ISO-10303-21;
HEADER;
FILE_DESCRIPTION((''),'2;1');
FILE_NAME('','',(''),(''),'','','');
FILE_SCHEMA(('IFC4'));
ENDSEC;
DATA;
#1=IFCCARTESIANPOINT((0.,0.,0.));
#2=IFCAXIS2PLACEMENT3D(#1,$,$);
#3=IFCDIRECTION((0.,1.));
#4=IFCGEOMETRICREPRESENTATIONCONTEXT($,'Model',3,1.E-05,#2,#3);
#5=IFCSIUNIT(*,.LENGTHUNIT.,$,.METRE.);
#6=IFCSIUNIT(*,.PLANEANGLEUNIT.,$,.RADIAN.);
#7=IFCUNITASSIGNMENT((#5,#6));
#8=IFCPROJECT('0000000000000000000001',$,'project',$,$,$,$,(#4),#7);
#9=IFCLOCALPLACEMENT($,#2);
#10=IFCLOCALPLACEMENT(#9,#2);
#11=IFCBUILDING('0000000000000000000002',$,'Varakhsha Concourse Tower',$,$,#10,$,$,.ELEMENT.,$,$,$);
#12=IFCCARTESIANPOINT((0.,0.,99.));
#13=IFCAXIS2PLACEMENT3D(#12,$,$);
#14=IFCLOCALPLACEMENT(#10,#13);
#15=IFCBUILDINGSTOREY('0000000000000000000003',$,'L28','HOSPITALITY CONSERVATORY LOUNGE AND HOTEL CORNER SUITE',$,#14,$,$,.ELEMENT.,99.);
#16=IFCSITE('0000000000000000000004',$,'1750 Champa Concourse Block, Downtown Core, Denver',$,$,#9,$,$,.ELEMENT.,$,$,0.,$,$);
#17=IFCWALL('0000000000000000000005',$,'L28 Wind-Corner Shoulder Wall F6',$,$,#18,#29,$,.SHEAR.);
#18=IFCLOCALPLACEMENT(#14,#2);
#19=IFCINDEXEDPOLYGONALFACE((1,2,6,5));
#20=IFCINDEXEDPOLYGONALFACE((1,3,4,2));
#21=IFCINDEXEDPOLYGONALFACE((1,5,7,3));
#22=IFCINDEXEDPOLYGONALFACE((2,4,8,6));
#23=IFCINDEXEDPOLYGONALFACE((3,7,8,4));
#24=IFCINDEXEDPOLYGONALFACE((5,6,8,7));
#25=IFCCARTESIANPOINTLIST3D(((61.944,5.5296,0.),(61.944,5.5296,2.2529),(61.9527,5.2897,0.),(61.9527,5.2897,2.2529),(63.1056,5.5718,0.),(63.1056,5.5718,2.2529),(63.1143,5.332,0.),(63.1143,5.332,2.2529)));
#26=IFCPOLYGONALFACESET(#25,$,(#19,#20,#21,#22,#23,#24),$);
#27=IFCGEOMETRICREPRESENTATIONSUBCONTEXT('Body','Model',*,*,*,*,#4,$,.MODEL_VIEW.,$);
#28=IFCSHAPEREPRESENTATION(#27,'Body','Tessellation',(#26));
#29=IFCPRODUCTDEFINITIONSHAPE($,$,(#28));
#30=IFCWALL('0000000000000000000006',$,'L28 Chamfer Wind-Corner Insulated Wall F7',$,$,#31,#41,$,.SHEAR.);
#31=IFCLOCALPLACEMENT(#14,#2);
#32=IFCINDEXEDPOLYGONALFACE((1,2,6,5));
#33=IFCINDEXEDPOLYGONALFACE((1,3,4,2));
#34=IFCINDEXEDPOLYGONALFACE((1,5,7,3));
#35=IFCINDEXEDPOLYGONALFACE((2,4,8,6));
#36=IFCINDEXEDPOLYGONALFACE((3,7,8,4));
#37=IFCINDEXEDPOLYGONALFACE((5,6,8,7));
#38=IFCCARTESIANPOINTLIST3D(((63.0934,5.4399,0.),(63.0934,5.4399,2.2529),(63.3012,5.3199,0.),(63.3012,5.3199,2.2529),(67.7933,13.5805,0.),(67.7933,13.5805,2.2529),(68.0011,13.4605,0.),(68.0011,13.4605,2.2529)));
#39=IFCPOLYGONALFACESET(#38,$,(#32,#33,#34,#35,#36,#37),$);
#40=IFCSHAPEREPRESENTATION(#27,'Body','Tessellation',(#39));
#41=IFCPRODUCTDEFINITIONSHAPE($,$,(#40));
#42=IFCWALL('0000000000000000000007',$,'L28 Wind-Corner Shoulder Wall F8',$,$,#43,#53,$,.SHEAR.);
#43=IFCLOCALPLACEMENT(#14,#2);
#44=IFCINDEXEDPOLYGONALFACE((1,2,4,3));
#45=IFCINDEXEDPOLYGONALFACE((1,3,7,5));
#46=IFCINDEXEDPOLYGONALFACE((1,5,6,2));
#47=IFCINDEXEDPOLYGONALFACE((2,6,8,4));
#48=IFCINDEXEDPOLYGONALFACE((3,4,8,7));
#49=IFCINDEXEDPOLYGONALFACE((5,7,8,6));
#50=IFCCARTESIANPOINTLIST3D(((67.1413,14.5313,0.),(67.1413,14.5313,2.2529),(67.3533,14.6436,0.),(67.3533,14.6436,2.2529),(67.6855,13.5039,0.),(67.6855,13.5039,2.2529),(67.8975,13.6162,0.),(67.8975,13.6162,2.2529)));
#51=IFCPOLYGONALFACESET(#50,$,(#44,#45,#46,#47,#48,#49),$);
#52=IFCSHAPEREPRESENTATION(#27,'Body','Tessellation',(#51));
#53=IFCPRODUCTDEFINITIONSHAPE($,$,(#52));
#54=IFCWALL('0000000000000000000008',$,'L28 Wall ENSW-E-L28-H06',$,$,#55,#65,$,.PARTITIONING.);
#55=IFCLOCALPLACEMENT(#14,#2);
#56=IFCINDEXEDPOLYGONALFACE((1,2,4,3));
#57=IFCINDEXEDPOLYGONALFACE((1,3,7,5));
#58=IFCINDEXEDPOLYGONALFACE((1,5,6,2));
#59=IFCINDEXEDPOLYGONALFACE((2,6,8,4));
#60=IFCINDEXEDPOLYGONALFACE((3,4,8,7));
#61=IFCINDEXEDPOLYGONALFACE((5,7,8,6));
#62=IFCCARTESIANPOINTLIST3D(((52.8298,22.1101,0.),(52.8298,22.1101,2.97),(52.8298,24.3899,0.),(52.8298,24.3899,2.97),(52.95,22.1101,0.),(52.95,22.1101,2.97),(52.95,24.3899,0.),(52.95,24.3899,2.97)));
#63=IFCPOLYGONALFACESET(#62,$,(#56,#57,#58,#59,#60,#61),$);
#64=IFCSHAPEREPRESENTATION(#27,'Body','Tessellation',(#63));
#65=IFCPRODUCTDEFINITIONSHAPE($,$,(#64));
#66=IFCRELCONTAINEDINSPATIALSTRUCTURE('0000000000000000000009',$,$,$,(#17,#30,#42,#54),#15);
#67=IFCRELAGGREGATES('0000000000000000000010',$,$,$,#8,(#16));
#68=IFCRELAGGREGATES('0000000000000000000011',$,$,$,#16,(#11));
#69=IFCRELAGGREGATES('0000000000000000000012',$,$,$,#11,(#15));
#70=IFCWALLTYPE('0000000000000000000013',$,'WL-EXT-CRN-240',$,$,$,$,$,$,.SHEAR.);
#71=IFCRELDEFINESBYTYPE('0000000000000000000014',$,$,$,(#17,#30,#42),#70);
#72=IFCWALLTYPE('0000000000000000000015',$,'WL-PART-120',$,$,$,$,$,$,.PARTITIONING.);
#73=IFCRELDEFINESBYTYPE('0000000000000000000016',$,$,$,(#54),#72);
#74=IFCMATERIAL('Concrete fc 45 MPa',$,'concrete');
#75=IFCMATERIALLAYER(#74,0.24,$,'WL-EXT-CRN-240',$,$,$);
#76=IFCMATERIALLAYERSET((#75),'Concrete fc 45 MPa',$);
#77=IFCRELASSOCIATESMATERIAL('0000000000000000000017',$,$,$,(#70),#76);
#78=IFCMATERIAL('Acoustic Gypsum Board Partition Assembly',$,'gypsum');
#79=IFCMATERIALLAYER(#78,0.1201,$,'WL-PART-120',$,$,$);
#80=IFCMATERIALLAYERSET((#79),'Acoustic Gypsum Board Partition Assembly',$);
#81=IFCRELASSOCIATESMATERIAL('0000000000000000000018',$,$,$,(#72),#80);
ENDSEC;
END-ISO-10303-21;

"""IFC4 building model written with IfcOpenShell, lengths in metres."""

from ifc_helpers import new_model, si_unit, direction, frame, frame_2d, origin, place, context, subcontext, project, spatial, rectangle, extrude, material, layer, layer_set, type_object, element, save


model = new_model("IFC4")

# Units and contexts
model_context = context("Model", 3, precision=1e-05, world=origin(), true_north=direction((0.0, 1.0)))
body_context = subcontext(model_context, "Body", "Model", "MODEL_VIEW")
ifc_project = project(units=[si_unit("LENGTHUNIT", "METRE"), si_unit("PLANEANGLEUNIT", "RADIAN")], contexts=[model_context])

# Site, building, storey
site_placement = place(None, origin())
site = spatial("IfcSite", under=ifc_project, at=site_placement, Name="1750 Champa Concourse Block, Downtown Core, Denver", CompositionType="ELEMENT", RefElevation=0.0)
building_placement = place(site_placement, origin())
building = spatial("IfcBuilding", under=site, at=building_placement, Name="Varakhsha Concourse Tower", CompositionType="ELEMENT")
storey_placement = place(building_placement, frame((0.0, 0.0, 99.0)))
storey = spatial("IfcBuildingStorey", under=building, at=storey_placement, Name="L28", Description="HOSPITALITY CONSERVATORY LOUNGE AND HOTEL CORNER SUITE", CompositionType="ELEMENT", Elevation=99.0)

# Walls
ifc_material_1 = material(Name="Concrete fc 45 MPa", Category="concrete")
ifc_layer_1 = layer(ifc_material_1, 0.24, Name="WL-EXT-CRN-240")
ifc_layer_set_1 = layer_set([ifc_layer_1], Name="Concrete fc 45 MPa")
wall_type_1 = type_object("IfcWallType", Name="WL-EXT-CRN-240", PredefinedType="SHEAR", material=ifc_layer_set_1)
wall_1_placement = place(storey_placement, frame((61.9485, 5.4097, 0.0), z_axis=(0.0, 0.0, 1.0), x_axis=(0.99934, 0.036336, 0.0)))
element("IfcWall", 1, at=wall_1_placement, inside=storey, type_object=wall_type_1, Name="L28 Wind-Corner Shoulder Wall F6", PredefinedType="SHEAR", context=body_context, shape_type="SweptSolid", body=[
    extrude(rectangle(XDim=1.1624, YDim=0.24, at=frame_2d((0.5811, 0.0))), origin(), (0.0, 0.0, 1.0), 2.2529),
])
wall_2_placement = place(storey_placement, frame((67.8972, 13.5205, 0.0), z_axis=(0.0, 0.0, 1.0), x_axis=(-0.499997, -0.866027, 0.0)))
element("IfcWall", 2, at=wall_2_placement, inside=storey, type_object=wall_type_1, Name="L28 Chamfer Wind-Corner Insulated Wall F7", PredefinedType="SHEAR", context=body_context, shape_type="SweptSolid", body=[
    extrude(rectangle(XDim=9.3999, YDim=0.24, at=frame_2d((4.7, 0.0))), origin(), (0.0, 0.0, 1.0), 2.2529),
])
wall_3_placement = place(storey_placement, frame((67.7915, 13.5601, 0.0), z_axis=(0.0, 0.0, 1.0), x_axis=(-0.46809, 0.883681, 0.0)))
element("IfcWall", 3, at=wall_3_placement, inside=storey, type_object=wall_type_1, Name="L28 Wind-Corner Shoulder Wall F8", PredefinedType="SHEAR", context=body_context, shape_type="SweptSolid", body=[
    extrude(rectangle(XDim=1.1626, YDim=0.24, at=frame_2d((0.5813, 0.0))), origin(), (0.0, 0.0, 1.0), 2.2529),
])
ifc_material_2 = material(Name="Acoustic Gypsum Board Partition Assembly", Category="gypsum")
ifc_layer_2 = layer(ifc_material_2, 0.1201, Name="WL-PART-120")
ifc_layer_set_2 = layer_set([ifc_layer_2], Name="Acoustic Gypsum Board Partition Assembly")
wall_type_2 = type_object("IfcWallType", Name="WL-PART-120", PredefinedType="PARTITIONING", material=ifc_layer_set_2)
wall_4_placement = place(storey_placement, frame((52.8899, 22.1101, 0.0), z_axis=(0.0, 0.0, 1.0), x_axis=(0.0, 1.0, 0.0)))
element("IfcWall", 4, at=wall_4_placement, inside=storey, type_object=wall_type_2, Name="L28 Wall ENSW-E-L28-H06", PredefinedType="PARTITIONING", context=body_context, shape_type="SweptSolid", body=[
    extrude(rectangle(XDim=2.2798, YDim=0.1201, at=frame_2d((1.1399, 0.0))), origin(), (0.0, 0.0, 1.0), 2.97),
])

save(model, "model.ifc")
